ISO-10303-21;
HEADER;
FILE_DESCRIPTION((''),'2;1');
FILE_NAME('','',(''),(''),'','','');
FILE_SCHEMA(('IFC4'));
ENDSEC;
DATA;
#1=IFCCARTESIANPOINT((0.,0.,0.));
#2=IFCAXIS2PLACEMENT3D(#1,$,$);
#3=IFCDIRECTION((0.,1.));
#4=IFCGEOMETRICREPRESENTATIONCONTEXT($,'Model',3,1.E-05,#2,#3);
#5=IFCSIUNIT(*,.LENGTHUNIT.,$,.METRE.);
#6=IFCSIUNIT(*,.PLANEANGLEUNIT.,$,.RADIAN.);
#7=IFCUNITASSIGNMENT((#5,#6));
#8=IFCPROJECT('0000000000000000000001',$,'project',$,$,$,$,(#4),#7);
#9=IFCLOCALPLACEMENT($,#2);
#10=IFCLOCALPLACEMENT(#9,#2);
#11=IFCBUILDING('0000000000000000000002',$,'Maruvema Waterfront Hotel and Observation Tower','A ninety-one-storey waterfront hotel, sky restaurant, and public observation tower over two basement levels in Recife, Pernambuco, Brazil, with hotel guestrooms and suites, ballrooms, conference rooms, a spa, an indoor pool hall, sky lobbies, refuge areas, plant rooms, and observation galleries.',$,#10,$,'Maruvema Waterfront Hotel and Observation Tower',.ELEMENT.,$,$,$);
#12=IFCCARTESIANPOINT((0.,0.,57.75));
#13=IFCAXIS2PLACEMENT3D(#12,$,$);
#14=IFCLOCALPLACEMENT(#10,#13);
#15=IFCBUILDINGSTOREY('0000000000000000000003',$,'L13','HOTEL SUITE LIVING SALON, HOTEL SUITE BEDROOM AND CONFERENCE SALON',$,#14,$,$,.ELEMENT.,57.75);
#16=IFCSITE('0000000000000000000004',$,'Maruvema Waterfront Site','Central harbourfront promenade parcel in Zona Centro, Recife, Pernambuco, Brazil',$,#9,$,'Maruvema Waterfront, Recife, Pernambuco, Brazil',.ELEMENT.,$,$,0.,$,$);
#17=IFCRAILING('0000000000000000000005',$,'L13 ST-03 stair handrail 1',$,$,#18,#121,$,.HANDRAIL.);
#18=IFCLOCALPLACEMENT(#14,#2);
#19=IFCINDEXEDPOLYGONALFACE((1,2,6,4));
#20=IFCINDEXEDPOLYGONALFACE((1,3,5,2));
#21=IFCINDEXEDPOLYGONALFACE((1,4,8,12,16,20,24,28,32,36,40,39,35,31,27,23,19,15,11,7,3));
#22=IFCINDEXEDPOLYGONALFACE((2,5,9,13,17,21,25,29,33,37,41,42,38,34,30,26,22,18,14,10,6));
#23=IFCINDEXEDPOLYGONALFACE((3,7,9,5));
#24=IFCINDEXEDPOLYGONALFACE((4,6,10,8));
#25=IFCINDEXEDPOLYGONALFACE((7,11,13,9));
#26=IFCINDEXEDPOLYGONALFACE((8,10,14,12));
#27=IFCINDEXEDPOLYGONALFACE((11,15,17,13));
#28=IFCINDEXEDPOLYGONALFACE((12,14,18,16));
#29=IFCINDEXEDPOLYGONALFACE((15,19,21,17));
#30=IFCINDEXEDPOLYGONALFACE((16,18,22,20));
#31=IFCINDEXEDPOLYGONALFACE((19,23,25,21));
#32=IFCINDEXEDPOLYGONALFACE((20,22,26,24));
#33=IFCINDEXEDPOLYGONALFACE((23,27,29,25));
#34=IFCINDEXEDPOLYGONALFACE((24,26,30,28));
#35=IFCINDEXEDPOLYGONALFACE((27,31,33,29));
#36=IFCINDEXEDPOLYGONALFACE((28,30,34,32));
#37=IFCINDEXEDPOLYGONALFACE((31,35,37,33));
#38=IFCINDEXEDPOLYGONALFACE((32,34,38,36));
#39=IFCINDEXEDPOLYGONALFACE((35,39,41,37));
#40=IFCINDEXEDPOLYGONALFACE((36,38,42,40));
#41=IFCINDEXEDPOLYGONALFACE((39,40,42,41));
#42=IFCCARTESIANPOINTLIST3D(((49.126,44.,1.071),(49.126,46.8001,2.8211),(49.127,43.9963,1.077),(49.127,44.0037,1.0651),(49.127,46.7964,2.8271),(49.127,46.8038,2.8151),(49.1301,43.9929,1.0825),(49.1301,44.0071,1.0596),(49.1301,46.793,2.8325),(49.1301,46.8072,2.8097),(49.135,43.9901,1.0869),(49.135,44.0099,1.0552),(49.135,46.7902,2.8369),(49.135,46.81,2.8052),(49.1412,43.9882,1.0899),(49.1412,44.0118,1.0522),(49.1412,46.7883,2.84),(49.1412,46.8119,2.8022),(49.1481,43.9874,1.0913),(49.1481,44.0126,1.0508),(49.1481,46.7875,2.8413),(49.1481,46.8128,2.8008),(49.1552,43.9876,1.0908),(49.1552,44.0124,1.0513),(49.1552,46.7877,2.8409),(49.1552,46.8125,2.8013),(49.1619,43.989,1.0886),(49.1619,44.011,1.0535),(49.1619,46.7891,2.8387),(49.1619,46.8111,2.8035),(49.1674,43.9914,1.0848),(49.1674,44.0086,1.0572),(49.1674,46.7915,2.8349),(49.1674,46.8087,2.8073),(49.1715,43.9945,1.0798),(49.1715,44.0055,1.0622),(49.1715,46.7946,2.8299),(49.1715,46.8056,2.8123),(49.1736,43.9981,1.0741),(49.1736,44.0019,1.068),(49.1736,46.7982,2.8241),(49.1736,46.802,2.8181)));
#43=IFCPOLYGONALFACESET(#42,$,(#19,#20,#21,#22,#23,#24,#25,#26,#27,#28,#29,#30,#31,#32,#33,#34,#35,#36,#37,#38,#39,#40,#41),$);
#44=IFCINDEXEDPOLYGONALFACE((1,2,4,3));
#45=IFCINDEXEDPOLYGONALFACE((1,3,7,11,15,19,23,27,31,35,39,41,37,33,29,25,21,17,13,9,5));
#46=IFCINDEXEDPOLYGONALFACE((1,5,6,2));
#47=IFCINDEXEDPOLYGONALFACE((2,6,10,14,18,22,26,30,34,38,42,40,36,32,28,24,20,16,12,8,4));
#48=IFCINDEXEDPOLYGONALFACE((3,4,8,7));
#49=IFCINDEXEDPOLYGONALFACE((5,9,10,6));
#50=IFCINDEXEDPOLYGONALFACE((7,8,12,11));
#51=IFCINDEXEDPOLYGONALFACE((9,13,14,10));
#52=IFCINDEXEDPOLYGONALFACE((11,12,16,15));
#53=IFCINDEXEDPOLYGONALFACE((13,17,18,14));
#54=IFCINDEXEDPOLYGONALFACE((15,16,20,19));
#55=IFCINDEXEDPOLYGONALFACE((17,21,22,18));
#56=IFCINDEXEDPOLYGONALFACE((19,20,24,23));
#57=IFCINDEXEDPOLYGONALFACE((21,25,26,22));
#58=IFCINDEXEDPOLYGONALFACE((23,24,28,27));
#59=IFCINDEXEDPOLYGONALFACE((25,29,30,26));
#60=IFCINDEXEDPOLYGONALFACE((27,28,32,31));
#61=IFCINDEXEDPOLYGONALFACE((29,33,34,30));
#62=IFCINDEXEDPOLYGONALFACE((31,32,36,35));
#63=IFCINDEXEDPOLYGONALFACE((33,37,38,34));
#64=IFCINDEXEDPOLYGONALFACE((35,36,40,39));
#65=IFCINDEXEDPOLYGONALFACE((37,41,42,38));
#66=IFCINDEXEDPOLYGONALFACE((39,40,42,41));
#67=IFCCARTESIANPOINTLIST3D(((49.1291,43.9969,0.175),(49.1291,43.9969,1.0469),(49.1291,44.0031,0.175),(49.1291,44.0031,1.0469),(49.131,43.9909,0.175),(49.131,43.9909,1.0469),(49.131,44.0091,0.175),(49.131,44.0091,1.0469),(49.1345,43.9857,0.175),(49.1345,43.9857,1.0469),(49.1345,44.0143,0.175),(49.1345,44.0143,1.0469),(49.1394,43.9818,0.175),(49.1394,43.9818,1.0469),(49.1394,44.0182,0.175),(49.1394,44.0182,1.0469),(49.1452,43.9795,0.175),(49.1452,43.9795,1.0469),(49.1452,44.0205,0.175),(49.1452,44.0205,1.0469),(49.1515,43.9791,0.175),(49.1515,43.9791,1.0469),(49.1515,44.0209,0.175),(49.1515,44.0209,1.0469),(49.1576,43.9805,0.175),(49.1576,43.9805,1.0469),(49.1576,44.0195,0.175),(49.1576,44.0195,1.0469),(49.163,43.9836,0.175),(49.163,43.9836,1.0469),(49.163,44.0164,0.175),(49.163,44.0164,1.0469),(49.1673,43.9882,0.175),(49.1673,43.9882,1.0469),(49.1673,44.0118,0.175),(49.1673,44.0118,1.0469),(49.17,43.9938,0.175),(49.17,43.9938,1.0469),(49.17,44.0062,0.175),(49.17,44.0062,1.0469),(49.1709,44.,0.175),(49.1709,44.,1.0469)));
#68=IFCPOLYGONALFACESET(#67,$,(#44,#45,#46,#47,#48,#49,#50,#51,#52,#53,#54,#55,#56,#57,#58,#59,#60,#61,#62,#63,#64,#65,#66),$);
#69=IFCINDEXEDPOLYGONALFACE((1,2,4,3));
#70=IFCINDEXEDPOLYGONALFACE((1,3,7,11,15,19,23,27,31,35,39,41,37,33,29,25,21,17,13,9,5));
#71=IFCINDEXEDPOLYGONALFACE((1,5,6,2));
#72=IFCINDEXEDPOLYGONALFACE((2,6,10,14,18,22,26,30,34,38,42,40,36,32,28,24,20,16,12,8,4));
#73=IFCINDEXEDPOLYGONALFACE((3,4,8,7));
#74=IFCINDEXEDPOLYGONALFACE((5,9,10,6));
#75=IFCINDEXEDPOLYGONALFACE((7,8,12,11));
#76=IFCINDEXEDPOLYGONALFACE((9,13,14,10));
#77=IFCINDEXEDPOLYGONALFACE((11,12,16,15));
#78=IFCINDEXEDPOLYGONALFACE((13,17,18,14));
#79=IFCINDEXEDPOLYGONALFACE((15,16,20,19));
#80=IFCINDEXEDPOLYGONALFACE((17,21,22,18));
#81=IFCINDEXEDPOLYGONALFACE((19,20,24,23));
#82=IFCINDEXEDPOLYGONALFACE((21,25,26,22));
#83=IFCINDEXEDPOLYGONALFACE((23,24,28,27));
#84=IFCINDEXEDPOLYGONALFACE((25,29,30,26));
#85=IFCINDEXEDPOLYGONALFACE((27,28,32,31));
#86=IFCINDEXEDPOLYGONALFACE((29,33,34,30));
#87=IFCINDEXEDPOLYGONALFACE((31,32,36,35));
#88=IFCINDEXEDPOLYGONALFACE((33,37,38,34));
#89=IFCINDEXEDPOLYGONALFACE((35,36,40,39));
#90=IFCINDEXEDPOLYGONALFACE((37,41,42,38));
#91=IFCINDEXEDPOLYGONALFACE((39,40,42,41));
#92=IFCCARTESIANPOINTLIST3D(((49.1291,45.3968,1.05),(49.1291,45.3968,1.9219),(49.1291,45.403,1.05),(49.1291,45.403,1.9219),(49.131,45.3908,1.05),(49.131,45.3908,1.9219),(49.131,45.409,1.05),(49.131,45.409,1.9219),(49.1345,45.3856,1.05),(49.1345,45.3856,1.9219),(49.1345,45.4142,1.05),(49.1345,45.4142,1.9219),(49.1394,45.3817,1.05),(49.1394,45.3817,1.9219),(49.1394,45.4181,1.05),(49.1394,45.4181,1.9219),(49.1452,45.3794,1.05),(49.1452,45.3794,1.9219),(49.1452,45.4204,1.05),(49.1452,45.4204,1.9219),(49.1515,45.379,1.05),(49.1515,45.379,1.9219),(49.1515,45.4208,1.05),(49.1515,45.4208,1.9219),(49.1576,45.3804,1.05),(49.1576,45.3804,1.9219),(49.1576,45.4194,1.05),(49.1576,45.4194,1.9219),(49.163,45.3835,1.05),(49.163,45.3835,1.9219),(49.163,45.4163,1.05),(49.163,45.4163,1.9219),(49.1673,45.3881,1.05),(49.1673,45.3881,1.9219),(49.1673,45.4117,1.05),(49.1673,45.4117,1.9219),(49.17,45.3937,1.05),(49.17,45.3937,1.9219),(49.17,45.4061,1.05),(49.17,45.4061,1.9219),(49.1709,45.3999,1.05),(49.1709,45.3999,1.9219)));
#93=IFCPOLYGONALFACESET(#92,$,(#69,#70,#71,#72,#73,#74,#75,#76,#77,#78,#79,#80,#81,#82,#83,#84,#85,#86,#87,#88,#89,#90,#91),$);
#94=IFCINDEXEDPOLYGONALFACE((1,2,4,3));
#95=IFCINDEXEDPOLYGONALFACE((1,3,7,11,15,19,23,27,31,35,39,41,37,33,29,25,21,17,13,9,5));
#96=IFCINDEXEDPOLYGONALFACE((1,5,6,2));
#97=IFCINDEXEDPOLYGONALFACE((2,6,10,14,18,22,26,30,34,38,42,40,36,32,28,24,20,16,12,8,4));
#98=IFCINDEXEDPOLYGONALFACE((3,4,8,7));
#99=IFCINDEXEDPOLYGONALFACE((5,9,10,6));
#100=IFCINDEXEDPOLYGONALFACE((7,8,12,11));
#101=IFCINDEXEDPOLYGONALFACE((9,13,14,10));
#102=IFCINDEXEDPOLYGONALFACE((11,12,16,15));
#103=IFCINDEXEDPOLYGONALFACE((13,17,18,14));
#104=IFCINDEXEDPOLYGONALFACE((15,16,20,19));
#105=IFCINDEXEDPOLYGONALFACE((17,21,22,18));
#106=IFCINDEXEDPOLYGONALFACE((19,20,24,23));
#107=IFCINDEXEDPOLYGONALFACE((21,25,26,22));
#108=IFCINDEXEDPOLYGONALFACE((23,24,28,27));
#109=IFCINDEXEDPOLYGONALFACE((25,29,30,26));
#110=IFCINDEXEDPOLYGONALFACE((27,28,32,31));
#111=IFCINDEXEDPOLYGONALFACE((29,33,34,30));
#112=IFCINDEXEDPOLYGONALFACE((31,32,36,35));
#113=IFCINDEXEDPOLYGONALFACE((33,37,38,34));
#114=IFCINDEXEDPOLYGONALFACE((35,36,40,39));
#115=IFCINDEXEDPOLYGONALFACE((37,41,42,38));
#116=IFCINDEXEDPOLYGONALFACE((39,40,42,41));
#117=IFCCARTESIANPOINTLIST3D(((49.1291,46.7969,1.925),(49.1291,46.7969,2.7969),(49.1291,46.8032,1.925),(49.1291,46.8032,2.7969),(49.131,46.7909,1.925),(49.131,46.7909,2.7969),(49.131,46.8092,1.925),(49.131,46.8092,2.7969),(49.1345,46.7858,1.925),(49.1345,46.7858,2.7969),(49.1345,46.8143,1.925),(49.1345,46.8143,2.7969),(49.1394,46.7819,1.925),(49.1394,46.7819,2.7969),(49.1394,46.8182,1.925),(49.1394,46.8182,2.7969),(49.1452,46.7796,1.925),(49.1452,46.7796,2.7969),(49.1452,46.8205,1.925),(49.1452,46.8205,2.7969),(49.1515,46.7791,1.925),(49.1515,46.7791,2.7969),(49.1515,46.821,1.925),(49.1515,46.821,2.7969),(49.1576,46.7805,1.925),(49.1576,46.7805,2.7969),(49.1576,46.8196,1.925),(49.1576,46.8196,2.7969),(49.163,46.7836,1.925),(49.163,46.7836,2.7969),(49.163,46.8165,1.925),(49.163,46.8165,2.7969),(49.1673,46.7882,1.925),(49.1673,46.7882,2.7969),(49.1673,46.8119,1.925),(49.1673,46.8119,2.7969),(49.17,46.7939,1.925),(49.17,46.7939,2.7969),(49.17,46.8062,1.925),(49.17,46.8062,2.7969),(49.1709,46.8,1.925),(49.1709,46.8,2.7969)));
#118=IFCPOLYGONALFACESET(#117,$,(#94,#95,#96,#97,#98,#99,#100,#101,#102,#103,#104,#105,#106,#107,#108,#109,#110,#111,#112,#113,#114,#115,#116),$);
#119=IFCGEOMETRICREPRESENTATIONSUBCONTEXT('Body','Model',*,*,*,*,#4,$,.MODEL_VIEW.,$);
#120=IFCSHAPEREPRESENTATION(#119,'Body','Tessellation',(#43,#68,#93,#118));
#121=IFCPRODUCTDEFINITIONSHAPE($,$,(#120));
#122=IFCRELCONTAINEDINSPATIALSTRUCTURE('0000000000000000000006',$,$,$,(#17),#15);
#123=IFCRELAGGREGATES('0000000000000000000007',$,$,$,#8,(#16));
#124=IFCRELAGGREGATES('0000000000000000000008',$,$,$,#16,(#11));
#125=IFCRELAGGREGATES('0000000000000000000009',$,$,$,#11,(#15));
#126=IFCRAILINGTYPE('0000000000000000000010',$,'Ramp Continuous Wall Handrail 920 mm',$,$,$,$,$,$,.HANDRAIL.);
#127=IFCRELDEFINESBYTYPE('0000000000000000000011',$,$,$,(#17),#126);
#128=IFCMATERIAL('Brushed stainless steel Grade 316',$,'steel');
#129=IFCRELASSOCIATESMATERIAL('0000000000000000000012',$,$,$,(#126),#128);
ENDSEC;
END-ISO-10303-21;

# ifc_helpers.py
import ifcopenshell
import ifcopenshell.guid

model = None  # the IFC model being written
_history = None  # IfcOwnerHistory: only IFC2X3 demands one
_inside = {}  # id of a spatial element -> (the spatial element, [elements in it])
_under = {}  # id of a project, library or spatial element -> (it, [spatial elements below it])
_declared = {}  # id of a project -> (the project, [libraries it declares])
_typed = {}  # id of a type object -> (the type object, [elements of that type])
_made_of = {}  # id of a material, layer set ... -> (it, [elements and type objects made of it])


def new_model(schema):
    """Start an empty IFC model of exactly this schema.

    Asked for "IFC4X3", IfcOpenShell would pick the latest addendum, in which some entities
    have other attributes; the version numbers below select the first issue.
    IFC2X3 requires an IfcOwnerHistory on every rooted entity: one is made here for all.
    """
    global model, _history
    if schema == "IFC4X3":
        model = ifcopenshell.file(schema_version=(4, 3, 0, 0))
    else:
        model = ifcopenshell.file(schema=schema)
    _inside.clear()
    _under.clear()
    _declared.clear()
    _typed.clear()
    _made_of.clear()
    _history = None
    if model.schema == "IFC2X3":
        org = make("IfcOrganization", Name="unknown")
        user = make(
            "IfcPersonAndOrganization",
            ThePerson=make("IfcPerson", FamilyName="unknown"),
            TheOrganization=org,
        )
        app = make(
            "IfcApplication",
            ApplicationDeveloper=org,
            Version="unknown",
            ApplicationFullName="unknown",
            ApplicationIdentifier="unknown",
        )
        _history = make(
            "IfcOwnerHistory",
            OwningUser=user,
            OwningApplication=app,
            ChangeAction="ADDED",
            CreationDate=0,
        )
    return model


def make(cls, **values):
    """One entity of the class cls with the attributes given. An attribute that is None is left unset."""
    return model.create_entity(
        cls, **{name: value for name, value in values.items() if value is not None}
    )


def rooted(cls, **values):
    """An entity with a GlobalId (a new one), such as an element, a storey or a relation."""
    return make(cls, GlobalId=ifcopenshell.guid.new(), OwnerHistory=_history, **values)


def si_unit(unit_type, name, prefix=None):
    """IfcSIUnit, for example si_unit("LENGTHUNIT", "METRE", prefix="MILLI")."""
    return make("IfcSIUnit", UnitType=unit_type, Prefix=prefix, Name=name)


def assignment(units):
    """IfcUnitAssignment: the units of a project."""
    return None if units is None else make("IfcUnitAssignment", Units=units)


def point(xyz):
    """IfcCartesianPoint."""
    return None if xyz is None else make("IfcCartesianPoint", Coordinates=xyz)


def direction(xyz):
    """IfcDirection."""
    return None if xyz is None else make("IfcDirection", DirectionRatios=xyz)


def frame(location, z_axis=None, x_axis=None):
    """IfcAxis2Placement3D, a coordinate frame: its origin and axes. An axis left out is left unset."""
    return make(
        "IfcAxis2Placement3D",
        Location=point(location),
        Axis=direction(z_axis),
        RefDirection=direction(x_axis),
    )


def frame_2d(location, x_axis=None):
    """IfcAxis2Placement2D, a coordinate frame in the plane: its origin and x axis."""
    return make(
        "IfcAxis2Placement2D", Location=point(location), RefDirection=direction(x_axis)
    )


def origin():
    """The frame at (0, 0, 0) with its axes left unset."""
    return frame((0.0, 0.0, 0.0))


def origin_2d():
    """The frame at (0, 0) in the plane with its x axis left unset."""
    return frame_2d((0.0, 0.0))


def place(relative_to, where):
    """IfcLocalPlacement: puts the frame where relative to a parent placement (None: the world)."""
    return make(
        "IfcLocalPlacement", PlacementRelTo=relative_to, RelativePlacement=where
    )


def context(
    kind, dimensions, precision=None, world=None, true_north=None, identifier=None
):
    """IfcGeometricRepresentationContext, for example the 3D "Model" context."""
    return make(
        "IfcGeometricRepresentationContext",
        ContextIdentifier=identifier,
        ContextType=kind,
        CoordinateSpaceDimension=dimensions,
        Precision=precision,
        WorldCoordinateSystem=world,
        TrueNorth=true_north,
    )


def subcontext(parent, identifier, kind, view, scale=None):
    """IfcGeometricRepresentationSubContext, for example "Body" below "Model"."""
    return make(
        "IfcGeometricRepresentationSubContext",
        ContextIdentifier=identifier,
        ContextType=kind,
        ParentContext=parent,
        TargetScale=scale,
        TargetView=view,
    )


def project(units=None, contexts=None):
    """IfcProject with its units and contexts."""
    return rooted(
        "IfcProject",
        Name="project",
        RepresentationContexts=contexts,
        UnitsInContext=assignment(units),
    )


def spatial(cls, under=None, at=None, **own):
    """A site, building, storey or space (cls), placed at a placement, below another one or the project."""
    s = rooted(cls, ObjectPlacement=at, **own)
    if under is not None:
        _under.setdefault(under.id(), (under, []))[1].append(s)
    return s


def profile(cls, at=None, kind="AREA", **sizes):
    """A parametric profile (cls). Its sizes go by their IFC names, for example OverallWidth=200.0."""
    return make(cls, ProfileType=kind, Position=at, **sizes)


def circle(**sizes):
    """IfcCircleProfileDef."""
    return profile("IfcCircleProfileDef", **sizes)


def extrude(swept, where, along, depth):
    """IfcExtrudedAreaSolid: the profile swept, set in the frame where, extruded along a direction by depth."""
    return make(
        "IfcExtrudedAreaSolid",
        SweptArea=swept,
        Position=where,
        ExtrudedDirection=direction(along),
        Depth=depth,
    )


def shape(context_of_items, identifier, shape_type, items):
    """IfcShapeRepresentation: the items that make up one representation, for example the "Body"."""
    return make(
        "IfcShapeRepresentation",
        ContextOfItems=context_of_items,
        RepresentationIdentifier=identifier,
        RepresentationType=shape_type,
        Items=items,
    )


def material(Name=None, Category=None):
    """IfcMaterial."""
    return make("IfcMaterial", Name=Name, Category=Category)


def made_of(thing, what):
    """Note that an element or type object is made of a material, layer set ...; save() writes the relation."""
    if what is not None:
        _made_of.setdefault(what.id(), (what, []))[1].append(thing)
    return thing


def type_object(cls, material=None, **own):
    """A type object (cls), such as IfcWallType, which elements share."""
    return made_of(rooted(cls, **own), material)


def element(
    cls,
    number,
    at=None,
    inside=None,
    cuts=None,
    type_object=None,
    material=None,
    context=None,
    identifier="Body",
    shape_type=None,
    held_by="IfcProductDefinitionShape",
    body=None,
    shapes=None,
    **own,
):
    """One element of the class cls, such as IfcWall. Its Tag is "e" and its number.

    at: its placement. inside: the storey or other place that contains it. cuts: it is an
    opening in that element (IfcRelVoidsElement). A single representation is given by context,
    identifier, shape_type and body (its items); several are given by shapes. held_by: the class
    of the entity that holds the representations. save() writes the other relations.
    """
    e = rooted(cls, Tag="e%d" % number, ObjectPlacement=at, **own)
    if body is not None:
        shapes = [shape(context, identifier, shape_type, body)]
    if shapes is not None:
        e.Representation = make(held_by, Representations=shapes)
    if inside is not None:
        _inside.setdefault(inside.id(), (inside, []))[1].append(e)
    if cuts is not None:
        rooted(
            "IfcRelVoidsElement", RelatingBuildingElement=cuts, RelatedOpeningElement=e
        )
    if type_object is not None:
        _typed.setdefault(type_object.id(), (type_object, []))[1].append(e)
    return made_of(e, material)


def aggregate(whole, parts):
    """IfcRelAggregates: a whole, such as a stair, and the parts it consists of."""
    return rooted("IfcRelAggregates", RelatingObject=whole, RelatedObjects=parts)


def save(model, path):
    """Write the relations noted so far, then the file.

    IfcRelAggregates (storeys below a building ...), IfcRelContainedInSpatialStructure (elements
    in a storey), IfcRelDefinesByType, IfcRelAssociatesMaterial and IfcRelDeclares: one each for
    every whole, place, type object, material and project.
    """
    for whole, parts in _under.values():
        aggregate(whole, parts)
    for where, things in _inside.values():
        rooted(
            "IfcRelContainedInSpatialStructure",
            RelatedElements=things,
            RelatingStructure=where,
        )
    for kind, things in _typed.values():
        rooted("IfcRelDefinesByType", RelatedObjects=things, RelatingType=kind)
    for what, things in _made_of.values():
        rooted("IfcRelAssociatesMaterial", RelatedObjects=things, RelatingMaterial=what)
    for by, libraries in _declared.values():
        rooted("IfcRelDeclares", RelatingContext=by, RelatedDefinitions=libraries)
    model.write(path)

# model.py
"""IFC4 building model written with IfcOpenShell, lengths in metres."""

from ifc_helpers import new_model, si_unit, direction, frame, origin, origin_2d, place, context, subcontext, project, spatial, circle, extrude, material, type_object, element, save


model = new_model("IFC4")

# Units and contexts
model_context = context("Model", 3, precision=1e-05, world=origin(), true_north=direction((0.0, 1.0)))
body_context = subcontext(model_context, "Body", "Model", "MODEL_VIEW")
ifc_project = project(units=[si_unit("LENGTHUNIT", "METRE"), si_unit("PLANEANGLEUNIT", "RADIAN")], contexts=[model_context])

# Site, building, storey
site_placement = place(None, origin())
site = spatial("IfcSite", under=ifc_project, at=site_placement, Name="Maruvema Waterfront Site", Description="Central harbourfront promenade parcel in Zona Centro, Recife, Pernambuco, Brazil", LongName="Maruvema Waterfront, Recife, Pernambuco, Brazil", CompositionType="ELEMENT", RefElevation=0.0)
building_placement = place(site_placement, origin())
building = spatial("IfcBuilding", under=site, at=building_placement, Name="Maruvema Waterfront Hotel and Observation Tower", Description="A ninety-one-storey waterfront hotel, sky restaurant, and public observation tower over two basement levels in Recife, Pernambuco, Brazil, with hotel guestrooms and suites, ballrooms, conference rooms, a spa, an indoor pool hall, sky lobbies, refuge areas, plant rooms, and observation galleries.", LongName="Maruvema Waterfront Hotel and Observation Tower", CompositionType="ELEMENT")
storey_placement = place(building_placement, frame((0.0, 0.0, 57.75)))
storey = spatial("IfcBuildingStorey", under=building, at=storey_placement, Name="L13", Description="HOTEL SUITE LIVING SALON, HOTEL SUITE BEDROOM AND CONFERENCE SALON", CompositionType="ELEMENT", Elevation=57.75)

# Railing
ifc_material_1 = material(Name="Brushed stainless steel Grade 316", Category="steel")
railing_type_1 = type_object("IfcRailingType", Name="Ramp Continuous Wall Handrail 920 mm", PredefinedType="HANDRAIL", material=ifc_material_1)
railing_1_placement = place(storey_placement, frame((49.1499, 44.0, 0.175)))
element("IfcRailing", 1, at=railing_1_placement, inside=storey, type_object=railing_type_1, Name="L13 ST-03 stair handrail 1", PredefinedType="HANDRAIL", context=body_context, shape_type="SweptSolid", body=[
    extrude(circle(Radius=0.0239, at=origin_2d()), frame((0.0, 0.0, 0.896), z_axis=(0.0, 0.848002, 0.529992), x_axis=(-1.0, 0.0, 0.0)), (0.0, 0.0, 1.0), 3.302),
    extrude(circle(Radius=0.021, at=origin_2d()), origin(), (0.0, 0.0, 1.0), 0.8718),
    extrude(circle(Radius=0.021, at=origin_2d()), frame((0.0, 1.3999, 0.875)), (0.0, 0.0, 1.0), 0.8718),
    extrude(circle(Radius=0.021, at=origin_2d()), frame((0.0, 2.8, 1.75)), (0.0, 0.0, 1.0), 0.8718),
])

save(model, "model.ifc")
